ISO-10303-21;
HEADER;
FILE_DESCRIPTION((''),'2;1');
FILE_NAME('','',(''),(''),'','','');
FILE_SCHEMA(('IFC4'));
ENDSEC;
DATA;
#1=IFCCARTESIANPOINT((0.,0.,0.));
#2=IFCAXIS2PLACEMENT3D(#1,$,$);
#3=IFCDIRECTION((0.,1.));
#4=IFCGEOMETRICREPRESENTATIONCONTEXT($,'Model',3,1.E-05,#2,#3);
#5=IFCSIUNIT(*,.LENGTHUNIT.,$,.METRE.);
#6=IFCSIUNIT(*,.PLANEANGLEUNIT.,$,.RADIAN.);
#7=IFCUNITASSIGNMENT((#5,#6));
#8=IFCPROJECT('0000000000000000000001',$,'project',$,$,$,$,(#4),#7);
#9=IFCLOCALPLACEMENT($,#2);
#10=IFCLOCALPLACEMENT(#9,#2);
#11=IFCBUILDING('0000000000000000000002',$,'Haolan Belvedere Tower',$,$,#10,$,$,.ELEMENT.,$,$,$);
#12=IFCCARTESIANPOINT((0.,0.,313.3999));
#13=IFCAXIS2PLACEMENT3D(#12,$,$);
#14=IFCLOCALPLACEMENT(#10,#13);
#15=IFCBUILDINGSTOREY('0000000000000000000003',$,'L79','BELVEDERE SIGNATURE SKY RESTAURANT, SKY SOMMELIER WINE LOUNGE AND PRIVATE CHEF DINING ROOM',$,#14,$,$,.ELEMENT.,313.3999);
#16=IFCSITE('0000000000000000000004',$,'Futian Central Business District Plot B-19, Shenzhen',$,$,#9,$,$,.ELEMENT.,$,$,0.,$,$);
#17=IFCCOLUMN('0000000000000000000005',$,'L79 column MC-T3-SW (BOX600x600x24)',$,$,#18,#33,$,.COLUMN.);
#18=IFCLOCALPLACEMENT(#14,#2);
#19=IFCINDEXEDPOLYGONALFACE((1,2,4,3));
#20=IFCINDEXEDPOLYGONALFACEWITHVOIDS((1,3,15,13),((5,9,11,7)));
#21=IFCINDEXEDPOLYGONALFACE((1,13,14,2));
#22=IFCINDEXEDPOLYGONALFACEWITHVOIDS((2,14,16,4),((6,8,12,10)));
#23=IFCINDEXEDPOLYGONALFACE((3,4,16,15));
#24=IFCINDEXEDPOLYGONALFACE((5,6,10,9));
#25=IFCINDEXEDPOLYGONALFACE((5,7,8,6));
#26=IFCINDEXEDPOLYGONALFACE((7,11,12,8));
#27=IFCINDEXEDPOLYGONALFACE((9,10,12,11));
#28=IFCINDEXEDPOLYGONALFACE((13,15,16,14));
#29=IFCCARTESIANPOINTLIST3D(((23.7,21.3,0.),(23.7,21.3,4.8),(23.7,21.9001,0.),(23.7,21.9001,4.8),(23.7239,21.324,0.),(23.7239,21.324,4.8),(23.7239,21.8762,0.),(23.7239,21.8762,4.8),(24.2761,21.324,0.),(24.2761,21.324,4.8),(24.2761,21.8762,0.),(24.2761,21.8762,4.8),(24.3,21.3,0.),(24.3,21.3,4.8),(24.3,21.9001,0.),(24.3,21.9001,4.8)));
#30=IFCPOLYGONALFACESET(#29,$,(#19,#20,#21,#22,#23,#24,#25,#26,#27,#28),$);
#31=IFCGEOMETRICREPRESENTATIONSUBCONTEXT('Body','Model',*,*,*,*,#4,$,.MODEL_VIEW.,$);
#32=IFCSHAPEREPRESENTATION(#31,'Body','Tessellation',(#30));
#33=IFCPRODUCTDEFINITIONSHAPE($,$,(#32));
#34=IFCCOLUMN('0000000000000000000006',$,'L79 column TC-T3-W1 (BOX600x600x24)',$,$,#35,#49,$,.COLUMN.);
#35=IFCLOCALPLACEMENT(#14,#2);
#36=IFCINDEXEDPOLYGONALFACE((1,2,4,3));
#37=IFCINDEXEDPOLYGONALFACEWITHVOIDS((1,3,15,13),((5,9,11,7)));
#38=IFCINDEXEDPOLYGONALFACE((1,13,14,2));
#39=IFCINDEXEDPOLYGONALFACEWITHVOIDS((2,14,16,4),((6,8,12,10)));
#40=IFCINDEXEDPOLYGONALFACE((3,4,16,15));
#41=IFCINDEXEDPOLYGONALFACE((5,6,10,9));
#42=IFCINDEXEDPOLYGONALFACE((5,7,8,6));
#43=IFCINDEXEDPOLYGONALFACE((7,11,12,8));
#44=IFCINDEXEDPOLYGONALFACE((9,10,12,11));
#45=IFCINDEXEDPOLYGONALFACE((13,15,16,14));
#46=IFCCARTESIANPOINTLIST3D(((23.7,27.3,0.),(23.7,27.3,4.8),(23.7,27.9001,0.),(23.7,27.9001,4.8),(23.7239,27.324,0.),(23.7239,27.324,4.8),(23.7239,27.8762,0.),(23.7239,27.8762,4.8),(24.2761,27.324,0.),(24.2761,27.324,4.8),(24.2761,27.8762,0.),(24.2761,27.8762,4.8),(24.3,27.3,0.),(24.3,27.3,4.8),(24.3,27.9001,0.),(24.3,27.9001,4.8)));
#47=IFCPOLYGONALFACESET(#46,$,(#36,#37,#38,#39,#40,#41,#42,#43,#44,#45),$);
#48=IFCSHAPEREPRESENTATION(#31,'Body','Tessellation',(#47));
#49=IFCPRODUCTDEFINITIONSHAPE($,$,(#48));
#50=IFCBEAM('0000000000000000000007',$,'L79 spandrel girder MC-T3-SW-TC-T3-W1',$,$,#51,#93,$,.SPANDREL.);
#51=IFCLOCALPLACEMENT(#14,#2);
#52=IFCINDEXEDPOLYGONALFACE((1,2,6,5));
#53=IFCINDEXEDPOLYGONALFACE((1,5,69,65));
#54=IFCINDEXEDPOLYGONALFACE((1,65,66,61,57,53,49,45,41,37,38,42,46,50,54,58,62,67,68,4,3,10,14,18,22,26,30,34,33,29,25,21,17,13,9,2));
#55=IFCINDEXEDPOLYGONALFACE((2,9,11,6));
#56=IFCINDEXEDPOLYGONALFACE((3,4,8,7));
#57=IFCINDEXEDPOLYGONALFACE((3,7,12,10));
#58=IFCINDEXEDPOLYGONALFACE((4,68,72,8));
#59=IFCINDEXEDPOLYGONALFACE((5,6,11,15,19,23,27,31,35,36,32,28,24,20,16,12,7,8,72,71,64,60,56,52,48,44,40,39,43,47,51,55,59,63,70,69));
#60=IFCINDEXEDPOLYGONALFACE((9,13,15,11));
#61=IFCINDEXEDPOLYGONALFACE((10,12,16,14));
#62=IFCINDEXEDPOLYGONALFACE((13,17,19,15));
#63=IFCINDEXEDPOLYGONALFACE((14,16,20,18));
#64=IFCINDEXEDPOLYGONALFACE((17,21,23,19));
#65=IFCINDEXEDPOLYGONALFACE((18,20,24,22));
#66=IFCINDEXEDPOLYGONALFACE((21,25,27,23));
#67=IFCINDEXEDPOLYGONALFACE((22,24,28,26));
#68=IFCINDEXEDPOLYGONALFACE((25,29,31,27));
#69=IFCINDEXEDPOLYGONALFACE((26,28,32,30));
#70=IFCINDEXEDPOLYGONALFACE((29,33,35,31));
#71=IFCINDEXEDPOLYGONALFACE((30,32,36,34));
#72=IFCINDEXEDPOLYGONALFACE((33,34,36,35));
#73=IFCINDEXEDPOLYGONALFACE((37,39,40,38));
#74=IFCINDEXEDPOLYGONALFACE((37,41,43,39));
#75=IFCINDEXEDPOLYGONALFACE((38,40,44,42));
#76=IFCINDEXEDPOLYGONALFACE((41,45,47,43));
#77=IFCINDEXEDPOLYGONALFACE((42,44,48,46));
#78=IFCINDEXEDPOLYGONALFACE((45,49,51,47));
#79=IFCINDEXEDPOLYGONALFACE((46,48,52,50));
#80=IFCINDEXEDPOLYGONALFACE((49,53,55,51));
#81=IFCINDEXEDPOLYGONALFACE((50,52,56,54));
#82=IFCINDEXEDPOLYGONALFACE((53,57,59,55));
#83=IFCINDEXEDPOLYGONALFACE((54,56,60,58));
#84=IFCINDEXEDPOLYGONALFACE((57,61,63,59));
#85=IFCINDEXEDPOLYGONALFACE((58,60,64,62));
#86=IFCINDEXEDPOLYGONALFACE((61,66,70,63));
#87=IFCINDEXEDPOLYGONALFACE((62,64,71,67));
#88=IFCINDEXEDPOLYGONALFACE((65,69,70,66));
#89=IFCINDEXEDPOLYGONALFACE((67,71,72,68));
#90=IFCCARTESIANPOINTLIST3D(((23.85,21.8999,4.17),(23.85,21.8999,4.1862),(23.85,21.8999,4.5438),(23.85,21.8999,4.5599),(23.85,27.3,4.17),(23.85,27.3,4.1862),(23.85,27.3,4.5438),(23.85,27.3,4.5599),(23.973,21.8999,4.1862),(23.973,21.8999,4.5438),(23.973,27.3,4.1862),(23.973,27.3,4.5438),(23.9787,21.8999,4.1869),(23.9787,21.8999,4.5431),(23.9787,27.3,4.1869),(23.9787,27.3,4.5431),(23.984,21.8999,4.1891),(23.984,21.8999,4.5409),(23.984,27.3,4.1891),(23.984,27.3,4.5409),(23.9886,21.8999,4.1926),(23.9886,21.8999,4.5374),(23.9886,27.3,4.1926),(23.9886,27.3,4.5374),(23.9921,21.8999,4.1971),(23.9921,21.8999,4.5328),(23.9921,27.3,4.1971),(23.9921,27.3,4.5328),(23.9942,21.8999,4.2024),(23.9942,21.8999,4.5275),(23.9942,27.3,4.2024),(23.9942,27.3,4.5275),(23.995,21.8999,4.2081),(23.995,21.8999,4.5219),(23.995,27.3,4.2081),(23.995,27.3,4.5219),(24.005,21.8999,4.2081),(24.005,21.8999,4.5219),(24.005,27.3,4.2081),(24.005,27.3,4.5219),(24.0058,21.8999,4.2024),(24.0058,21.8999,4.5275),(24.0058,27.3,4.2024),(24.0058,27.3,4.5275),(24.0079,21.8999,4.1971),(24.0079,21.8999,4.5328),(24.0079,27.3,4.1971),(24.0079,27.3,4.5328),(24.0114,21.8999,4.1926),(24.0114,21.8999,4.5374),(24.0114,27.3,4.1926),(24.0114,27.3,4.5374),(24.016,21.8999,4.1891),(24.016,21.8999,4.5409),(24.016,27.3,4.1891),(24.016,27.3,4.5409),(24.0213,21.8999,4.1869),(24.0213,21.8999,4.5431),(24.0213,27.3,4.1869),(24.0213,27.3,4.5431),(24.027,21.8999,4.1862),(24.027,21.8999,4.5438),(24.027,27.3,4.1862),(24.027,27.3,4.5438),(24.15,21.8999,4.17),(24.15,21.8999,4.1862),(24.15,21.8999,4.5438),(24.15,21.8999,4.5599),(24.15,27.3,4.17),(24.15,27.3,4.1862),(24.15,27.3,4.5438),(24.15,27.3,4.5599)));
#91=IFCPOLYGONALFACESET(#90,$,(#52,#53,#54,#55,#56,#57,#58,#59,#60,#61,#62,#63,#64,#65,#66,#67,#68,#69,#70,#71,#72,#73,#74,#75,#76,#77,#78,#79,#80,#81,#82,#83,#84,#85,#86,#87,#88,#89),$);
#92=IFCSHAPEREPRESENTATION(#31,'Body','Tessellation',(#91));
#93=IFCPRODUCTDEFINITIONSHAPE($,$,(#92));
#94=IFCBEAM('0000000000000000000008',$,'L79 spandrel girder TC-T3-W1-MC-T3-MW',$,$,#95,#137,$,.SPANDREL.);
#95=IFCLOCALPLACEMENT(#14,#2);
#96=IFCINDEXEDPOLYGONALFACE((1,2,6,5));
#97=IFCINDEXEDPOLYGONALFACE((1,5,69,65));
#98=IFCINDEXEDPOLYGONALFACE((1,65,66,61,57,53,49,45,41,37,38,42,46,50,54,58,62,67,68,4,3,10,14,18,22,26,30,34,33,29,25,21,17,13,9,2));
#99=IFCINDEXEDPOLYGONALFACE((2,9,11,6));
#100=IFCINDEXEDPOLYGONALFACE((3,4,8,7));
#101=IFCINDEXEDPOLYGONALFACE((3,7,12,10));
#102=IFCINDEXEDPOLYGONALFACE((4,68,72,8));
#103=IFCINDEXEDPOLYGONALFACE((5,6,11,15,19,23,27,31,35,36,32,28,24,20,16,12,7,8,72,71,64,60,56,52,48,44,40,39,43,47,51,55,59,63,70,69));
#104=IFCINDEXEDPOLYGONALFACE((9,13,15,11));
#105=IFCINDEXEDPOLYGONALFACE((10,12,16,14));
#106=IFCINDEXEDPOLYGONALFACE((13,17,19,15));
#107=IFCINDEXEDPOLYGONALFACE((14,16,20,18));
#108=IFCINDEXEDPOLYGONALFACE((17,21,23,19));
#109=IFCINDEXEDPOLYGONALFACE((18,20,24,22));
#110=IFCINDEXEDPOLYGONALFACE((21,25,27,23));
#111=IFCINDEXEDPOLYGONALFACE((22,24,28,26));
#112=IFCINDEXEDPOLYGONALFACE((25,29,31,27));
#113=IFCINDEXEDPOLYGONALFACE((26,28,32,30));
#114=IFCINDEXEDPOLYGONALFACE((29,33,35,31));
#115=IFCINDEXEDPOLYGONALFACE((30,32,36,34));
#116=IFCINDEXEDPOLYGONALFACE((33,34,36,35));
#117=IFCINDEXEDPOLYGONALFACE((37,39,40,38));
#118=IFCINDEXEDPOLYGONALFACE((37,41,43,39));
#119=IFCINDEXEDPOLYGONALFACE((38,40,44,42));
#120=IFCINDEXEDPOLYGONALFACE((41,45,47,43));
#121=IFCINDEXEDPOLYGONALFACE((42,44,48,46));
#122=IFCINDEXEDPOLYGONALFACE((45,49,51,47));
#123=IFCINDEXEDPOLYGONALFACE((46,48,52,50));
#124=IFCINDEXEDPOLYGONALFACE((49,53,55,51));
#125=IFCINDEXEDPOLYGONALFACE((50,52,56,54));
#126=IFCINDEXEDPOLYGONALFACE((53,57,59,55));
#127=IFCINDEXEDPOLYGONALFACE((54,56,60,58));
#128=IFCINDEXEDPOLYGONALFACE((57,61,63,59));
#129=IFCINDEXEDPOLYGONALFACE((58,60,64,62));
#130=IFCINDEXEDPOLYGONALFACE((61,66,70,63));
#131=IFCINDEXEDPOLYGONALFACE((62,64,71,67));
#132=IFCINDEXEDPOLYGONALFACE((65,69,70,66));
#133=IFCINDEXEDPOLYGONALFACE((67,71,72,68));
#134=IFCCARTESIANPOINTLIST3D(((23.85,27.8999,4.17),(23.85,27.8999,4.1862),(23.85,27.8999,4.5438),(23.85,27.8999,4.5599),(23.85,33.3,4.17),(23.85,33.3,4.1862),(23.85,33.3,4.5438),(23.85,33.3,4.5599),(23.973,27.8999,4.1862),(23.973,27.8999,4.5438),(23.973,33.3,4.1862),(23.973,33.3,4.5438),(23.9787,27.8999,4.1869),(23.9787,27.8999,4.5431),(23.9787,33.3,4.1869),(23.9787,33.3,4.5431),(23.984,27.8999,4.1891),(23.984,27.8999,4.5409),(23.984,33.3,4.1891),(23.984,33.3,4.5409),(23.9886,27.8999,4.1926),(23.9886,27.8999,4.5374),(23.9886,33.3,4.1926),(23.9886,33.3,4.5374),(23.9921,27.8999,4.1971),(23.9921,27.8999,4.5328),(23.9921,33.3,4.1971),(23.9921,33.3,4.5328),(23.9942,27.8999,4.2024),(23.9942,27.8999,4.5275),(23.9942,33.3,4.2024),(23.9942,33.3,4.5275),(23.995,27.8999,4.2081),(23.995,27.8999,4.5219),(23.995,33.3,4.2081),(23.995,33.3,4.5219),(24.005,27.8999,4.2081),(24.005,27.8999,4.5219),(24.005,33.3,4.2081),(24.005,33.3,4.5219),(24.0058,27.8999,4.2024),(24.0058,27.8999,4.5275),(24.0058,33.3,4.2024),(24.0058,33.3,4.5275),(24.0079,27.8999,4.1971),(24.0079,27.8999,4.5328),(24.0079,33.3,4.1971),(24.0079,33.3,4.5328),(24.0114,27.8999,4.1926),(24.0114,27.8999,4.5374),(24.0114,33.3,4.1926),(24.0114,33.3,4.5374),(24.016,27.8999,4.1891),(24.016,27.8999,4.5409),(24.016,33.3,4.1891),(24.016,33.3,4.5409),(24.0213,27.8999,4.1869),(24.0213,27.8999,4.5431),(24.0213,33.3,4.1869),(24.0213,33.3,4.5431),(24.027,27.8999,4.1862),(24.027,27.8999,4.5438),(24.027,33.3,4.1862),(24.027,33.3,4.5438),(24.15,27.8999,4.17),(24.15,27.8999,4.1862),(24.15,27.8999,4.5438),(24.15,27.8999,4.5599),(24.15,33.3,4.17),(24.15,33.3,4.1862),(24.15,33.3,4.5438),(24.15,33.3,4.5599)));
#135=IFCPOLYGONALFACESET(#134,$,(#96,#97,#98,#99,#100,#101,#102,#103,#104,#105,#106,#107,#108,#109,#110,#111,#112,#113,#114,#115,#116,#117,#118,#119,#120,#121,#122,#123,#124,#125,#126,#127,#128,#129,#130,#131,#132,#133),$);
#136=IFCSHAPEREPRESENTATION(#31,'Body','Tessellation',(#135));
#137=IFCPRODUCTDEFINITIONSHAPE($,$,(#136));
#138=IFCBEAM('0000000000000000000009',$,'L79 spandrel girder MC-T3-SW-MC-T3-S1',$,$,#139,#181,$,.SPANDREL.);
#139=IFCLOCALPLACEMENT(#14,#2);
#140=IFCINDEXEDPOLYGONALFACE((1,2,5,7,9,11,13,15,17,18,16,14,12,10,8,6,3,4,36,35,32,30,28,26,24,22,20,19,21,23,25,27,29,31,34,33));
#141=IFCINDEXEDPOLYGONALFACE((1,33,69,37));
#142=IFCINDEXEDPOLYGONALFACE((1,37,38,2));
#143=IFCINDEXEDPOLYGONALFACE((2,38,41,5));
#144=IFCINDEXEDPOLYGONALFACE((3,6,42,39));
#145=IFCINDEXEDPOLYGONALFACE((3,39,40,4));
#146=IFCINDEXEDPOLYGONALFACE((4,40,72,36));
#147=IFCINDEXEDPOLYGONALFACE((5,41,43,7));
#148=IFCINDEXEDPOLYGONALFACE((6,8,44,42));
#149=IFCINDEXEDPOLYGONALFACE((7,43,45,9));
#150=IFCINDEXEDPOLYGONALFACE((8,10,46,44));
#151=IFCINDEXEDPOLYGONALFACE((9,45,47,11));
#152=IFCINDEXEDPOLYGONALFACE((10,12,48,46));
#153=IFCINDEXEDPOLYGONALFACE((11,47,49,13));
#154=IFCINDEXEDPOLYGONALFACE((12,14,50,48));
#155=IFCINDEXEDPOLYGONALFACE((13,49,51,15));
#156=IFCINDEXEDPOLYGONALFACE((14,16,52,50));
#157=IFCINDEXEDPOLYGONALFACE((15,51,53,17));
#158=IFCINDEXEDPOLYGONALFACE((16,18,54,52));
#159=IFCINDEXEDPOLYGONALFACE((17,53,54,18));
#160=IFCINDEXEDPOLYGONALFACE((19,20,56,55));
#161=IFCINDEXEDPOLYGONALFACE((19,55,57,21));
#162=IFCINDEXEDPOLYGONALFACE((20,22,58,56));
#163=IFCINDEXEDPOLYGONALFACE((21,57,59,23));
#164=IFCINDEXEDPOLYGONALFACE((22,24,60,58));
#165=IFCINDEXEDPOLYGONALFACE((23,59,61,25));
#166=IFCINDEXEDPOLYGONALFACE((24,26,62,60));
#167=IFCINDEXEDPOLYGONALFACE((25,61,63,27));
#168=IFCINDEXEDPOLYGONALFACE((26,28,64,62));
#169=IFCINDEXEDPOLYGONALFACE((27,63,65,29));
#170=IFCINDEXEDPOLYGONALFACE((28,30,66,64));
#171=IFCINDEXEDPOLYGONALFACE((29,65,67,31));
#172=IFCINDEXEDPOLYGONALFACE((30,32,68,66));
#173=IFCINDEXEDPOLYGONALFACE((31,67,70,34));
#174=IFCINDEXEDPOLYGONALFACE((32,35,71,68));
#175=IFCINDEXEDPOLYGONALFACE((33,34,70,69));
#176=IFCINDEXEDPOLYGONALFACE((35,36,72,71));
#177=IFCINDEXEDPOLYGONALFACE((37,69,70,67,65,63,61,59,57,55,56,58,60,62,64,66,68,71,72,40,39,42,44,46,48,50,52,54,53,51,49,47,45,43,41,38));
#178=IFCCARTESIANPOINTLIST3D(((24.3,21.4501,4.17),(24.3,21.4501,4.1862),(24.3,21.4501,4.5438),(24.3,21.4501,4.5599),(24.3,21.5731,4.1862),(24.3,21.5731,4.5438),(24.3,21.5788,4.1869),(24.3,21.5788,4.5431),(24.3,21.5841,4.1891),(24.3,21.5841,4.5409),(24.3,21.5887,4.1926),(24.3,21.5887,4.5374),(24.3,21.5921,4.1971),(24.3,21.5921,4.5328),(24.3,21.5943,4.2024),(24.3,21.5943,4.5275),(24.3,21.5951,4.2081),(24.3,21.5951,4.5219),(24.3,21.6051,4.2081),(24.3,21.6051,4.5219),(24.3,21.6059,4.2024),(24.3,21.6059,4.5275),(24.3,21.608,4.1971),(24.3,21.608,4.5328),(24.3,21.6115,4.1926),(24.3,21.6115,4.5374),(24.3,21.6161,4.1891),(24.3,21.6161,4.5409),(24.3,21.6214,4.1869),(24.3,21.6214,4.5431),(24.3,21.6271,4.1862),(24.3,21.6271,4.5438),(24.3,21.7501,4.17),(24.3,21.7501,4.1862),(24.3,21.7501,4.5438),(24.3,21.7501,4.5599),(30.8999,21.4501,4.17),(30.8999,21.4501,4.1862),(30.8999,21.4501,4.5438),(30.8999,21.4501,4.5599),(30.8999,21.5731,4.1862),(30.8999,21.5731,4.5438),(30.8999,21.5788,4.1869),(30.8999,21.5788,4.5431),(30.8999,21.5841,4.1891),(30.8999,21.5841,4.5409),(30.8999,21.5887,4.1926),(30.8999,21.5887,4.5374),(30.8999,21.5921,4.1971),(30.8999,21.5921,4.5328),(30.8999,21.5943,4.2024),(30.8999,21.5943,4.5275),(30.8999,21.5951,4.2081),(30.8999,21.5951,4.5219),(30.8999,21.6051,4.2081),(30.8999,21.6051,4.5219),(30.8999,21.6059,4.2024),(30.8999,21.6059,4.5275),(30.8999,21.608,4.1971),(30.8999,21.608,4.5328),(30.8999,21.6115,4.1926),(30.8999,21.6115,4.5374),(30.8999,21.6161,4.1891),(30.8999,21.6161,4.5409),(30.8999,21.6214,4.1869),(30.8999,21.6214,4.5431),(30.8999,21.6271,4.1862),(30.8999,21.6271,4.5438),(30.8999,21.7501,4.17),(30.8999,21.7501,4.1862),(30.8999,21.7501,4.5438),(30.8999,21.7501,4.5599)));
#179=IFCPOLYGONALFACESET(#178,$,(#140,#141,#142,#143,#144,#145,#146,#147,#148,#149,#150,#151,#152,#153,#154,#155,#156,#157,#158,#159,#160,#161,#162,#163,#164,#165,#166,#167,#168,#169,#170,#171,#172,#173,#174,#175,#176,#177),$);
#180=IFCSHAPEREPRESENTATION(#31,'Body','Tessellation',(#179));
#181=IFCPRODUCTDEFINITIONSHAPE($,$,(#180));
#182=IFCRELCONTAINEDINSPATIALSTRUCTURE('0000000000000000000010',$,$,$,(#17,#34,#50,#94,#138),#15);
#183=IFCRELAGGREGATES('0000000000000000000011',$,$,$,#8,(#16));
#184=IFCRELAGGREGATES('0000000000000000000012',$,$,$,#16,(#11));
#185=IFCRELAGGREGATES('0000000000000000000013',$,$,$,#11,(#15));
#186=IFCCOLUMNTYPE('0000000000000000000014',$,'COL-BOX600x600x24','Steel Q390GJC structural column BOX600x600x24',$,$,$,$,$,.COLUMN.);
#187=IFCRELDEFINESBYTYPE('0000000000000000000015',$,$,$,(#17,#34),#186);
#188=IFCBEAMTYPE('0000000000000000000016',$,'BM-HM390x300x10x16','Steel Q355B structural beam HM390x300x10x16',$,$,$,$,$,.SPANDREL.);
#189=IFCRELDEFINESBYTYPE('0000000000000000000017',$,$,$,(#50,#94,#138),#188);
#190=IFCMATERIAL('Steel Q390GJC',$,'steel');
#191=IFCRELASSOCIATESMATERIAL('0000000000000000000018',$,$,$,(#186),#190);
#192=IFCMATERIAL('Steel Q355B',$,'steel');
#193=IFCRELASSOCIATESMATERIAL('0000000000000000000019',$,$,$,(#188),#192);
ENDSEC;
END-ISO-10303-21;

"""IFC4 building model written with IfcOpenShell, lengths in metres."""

from ifc_helpers import new_model, si_unit, direction, frame, origin, origin_2d, place, context, subcontext, project, spatial, hollow_rectangle, i_section, extrude, material, material_profile, profile_set, type_object, element, save


model = new_model("IFC4")

# Units and contexts
model_context = context("Model", 3, precision=1e-05, world=origin(), true_north=direction((0.0, 1.0)))
body_context = subcontext(model_context, "Body", "Model", "MODEL_VIEW")
ifc_project = project(units=[si_unit("LENGTHUNIT", "METRE"), si_unit("PLANEANGLEUNIT", "RADIAN")], contexts=[model_context])

# Site, building, storey
site_placement = place(None, origin())
site = spatial("IfcSite", under=ifc_project, at=site_placement, Name="Futian Central Business District Plot B-19, Shenzhen", CompositionType="ELEMENT", RefElevation=0.0)
building_placement = place(site_placement, origin())
building = spatial("IfcBuilding", under=site, at=building_placement, Name="Haolan Belvedere Tower", CompositionType="ELEMENT")
storey_placement = place(building_placement, frame((0.0, 0.0, 313.3999)))
storey = spatial("IfcBuildingStorey", under=building, at=storey_placement, Name="L79", Description="BELVEDERE SIGNATURE SKY RESTAURANT, SKY SOMMELIER WINE LOUNGE AND PRIVATE CHEF DINING ROOM", CompositionType="ELEMENT", Elevation=313.3999)

# Columns
ifc_material_1 = material(Name="Steel Q390GJC", Category="steel")
ifc_material_profile_1 = material_profile(ifc_material_1, hollow_rectangle(XDim=0.6001, YDim=0.6001, WallThickness=0.0239, at=origin_2d()), Name="Steel Q390GJC")
ifc_profile_set_1 = profile_set([ifc_material_profile_1], Name="Steel Q390GJC")
column_type = type_object("IfcColumnType", Name="COL-BOX600x600x24", Description="Steel Q390GJC structural column BOX600x600x24", PredefinedType="COLUMN", material=ifc_profile_set_1)
for number, where, z_axis, x_axis, name in (
    (1, (24.0, 21.6001, 0.0), (0.0, 0.0, 1.0), (1.0, 0.0, 0.0), "L79 column MC-T3-SW (BOX600x600x24)"),
    (2, (24.0, 27.6001, 0.0), (0.0, 0.0, 1.0), (1.0, 0.0, 0.0), "L79 column TC-T3-W1 (BOX600x600x24)"),
):
    element("IfcColumn", number, at=place(storey_placement, frame(where, z_axis=z_axis, x_axis=x_axis)), inside=storey, type_object=column_type, Name=name, PredefinedType="COLUMN", context=body_context, shape_type="SweptSolid", body=[
        extrude(hollow_rectangle(XDim=0.6001, YDim=0.6001, WallThickness=0.0239, at=origin_2d()), origin(), (0.0, 0.0, 1.0), 4.8),
    ])

# Beams
ifc_material_2 = material(Name="Steel Q355B", Category="steel")
ifc_material_profile_2 = material_profile(ifc_material_2, i_section(OverallWidth=0.3, OverallDepth=0.3899, WebThickness=0.01, FlangeThickness=0.0161, FilletRadius=0.022, at=origin_2d()), Name="Steel Q355B")
ifc_profile_set_2 = profile_set([ifc_material_profile_2], Name="Steel Q355B")
beam_type_1 = type_object("IfcBeamType", Name="BM-HM390x300x10x16", Description="Steel Q355B structural beam HM390x300x10x16", PredefinedType="SPANDREL", material=ifc_profile_set_2)
for number, where, z_axis, x_axis, name in (
    (3, (24.0, 21.8999, 4.365), (0.0, 1.0, 0.0), (-1.0, 0.0, 0.0), "L79 spandrel girder MC-T3-SW-TC-T3-W1"),
    (4, (24.0, 27.8999, 4.365), (0.0, 1.0, 0.0), (-1.0, 0.0, 0.0), "L79 spandrel girder TC-T3-W1-MC-T3-MW"),
):
    element("IfcBeam", number, at=place(storey_placement, frame(where, z_axis=z_axis, x_axis=x_axis)), inside=storey, type_object=beam_type_1, Name=name, PredefinedType="SPANDREL", context=body_context, shape_type="SweptSolid", body=[
        extrude(i_section(OverallWidth=0.3, OverallDepth=0.3899, WebThickness=0.01, FlangeThickness=0.0161, FilletRadius=0.022, at=origin_2d()), origin(), (0.0, 0.0, 1.0), 5.4001),
    ])
beam_1_placement = place(storey_placement, frame((24.3, 21.6001, 4.365), z_axis=(1.0, 0.0, 0.0), x_axis=(0.0, 1.0, 0.0)))
element("IfcBeam", 5, at=beam_1_placement, inside=storey, type_object=beam_type_1, Name="L79 spandrel girder MC-T3-SW-MC-T3-S1", PredefinedType="SPANDREL", context=body_context, shape_type="SweptSolid", body=[
    extrude(i_section(OverallWidth=0.3, OverallDepth=0.3899, WebThickness=0.01, FlangeThickness=0.0161, FilletRadius=0.022, at=origin_2d()), origin(), (0.0, 0.0, 1.0), 6.5999),
])

save(model, "model.ifc")
